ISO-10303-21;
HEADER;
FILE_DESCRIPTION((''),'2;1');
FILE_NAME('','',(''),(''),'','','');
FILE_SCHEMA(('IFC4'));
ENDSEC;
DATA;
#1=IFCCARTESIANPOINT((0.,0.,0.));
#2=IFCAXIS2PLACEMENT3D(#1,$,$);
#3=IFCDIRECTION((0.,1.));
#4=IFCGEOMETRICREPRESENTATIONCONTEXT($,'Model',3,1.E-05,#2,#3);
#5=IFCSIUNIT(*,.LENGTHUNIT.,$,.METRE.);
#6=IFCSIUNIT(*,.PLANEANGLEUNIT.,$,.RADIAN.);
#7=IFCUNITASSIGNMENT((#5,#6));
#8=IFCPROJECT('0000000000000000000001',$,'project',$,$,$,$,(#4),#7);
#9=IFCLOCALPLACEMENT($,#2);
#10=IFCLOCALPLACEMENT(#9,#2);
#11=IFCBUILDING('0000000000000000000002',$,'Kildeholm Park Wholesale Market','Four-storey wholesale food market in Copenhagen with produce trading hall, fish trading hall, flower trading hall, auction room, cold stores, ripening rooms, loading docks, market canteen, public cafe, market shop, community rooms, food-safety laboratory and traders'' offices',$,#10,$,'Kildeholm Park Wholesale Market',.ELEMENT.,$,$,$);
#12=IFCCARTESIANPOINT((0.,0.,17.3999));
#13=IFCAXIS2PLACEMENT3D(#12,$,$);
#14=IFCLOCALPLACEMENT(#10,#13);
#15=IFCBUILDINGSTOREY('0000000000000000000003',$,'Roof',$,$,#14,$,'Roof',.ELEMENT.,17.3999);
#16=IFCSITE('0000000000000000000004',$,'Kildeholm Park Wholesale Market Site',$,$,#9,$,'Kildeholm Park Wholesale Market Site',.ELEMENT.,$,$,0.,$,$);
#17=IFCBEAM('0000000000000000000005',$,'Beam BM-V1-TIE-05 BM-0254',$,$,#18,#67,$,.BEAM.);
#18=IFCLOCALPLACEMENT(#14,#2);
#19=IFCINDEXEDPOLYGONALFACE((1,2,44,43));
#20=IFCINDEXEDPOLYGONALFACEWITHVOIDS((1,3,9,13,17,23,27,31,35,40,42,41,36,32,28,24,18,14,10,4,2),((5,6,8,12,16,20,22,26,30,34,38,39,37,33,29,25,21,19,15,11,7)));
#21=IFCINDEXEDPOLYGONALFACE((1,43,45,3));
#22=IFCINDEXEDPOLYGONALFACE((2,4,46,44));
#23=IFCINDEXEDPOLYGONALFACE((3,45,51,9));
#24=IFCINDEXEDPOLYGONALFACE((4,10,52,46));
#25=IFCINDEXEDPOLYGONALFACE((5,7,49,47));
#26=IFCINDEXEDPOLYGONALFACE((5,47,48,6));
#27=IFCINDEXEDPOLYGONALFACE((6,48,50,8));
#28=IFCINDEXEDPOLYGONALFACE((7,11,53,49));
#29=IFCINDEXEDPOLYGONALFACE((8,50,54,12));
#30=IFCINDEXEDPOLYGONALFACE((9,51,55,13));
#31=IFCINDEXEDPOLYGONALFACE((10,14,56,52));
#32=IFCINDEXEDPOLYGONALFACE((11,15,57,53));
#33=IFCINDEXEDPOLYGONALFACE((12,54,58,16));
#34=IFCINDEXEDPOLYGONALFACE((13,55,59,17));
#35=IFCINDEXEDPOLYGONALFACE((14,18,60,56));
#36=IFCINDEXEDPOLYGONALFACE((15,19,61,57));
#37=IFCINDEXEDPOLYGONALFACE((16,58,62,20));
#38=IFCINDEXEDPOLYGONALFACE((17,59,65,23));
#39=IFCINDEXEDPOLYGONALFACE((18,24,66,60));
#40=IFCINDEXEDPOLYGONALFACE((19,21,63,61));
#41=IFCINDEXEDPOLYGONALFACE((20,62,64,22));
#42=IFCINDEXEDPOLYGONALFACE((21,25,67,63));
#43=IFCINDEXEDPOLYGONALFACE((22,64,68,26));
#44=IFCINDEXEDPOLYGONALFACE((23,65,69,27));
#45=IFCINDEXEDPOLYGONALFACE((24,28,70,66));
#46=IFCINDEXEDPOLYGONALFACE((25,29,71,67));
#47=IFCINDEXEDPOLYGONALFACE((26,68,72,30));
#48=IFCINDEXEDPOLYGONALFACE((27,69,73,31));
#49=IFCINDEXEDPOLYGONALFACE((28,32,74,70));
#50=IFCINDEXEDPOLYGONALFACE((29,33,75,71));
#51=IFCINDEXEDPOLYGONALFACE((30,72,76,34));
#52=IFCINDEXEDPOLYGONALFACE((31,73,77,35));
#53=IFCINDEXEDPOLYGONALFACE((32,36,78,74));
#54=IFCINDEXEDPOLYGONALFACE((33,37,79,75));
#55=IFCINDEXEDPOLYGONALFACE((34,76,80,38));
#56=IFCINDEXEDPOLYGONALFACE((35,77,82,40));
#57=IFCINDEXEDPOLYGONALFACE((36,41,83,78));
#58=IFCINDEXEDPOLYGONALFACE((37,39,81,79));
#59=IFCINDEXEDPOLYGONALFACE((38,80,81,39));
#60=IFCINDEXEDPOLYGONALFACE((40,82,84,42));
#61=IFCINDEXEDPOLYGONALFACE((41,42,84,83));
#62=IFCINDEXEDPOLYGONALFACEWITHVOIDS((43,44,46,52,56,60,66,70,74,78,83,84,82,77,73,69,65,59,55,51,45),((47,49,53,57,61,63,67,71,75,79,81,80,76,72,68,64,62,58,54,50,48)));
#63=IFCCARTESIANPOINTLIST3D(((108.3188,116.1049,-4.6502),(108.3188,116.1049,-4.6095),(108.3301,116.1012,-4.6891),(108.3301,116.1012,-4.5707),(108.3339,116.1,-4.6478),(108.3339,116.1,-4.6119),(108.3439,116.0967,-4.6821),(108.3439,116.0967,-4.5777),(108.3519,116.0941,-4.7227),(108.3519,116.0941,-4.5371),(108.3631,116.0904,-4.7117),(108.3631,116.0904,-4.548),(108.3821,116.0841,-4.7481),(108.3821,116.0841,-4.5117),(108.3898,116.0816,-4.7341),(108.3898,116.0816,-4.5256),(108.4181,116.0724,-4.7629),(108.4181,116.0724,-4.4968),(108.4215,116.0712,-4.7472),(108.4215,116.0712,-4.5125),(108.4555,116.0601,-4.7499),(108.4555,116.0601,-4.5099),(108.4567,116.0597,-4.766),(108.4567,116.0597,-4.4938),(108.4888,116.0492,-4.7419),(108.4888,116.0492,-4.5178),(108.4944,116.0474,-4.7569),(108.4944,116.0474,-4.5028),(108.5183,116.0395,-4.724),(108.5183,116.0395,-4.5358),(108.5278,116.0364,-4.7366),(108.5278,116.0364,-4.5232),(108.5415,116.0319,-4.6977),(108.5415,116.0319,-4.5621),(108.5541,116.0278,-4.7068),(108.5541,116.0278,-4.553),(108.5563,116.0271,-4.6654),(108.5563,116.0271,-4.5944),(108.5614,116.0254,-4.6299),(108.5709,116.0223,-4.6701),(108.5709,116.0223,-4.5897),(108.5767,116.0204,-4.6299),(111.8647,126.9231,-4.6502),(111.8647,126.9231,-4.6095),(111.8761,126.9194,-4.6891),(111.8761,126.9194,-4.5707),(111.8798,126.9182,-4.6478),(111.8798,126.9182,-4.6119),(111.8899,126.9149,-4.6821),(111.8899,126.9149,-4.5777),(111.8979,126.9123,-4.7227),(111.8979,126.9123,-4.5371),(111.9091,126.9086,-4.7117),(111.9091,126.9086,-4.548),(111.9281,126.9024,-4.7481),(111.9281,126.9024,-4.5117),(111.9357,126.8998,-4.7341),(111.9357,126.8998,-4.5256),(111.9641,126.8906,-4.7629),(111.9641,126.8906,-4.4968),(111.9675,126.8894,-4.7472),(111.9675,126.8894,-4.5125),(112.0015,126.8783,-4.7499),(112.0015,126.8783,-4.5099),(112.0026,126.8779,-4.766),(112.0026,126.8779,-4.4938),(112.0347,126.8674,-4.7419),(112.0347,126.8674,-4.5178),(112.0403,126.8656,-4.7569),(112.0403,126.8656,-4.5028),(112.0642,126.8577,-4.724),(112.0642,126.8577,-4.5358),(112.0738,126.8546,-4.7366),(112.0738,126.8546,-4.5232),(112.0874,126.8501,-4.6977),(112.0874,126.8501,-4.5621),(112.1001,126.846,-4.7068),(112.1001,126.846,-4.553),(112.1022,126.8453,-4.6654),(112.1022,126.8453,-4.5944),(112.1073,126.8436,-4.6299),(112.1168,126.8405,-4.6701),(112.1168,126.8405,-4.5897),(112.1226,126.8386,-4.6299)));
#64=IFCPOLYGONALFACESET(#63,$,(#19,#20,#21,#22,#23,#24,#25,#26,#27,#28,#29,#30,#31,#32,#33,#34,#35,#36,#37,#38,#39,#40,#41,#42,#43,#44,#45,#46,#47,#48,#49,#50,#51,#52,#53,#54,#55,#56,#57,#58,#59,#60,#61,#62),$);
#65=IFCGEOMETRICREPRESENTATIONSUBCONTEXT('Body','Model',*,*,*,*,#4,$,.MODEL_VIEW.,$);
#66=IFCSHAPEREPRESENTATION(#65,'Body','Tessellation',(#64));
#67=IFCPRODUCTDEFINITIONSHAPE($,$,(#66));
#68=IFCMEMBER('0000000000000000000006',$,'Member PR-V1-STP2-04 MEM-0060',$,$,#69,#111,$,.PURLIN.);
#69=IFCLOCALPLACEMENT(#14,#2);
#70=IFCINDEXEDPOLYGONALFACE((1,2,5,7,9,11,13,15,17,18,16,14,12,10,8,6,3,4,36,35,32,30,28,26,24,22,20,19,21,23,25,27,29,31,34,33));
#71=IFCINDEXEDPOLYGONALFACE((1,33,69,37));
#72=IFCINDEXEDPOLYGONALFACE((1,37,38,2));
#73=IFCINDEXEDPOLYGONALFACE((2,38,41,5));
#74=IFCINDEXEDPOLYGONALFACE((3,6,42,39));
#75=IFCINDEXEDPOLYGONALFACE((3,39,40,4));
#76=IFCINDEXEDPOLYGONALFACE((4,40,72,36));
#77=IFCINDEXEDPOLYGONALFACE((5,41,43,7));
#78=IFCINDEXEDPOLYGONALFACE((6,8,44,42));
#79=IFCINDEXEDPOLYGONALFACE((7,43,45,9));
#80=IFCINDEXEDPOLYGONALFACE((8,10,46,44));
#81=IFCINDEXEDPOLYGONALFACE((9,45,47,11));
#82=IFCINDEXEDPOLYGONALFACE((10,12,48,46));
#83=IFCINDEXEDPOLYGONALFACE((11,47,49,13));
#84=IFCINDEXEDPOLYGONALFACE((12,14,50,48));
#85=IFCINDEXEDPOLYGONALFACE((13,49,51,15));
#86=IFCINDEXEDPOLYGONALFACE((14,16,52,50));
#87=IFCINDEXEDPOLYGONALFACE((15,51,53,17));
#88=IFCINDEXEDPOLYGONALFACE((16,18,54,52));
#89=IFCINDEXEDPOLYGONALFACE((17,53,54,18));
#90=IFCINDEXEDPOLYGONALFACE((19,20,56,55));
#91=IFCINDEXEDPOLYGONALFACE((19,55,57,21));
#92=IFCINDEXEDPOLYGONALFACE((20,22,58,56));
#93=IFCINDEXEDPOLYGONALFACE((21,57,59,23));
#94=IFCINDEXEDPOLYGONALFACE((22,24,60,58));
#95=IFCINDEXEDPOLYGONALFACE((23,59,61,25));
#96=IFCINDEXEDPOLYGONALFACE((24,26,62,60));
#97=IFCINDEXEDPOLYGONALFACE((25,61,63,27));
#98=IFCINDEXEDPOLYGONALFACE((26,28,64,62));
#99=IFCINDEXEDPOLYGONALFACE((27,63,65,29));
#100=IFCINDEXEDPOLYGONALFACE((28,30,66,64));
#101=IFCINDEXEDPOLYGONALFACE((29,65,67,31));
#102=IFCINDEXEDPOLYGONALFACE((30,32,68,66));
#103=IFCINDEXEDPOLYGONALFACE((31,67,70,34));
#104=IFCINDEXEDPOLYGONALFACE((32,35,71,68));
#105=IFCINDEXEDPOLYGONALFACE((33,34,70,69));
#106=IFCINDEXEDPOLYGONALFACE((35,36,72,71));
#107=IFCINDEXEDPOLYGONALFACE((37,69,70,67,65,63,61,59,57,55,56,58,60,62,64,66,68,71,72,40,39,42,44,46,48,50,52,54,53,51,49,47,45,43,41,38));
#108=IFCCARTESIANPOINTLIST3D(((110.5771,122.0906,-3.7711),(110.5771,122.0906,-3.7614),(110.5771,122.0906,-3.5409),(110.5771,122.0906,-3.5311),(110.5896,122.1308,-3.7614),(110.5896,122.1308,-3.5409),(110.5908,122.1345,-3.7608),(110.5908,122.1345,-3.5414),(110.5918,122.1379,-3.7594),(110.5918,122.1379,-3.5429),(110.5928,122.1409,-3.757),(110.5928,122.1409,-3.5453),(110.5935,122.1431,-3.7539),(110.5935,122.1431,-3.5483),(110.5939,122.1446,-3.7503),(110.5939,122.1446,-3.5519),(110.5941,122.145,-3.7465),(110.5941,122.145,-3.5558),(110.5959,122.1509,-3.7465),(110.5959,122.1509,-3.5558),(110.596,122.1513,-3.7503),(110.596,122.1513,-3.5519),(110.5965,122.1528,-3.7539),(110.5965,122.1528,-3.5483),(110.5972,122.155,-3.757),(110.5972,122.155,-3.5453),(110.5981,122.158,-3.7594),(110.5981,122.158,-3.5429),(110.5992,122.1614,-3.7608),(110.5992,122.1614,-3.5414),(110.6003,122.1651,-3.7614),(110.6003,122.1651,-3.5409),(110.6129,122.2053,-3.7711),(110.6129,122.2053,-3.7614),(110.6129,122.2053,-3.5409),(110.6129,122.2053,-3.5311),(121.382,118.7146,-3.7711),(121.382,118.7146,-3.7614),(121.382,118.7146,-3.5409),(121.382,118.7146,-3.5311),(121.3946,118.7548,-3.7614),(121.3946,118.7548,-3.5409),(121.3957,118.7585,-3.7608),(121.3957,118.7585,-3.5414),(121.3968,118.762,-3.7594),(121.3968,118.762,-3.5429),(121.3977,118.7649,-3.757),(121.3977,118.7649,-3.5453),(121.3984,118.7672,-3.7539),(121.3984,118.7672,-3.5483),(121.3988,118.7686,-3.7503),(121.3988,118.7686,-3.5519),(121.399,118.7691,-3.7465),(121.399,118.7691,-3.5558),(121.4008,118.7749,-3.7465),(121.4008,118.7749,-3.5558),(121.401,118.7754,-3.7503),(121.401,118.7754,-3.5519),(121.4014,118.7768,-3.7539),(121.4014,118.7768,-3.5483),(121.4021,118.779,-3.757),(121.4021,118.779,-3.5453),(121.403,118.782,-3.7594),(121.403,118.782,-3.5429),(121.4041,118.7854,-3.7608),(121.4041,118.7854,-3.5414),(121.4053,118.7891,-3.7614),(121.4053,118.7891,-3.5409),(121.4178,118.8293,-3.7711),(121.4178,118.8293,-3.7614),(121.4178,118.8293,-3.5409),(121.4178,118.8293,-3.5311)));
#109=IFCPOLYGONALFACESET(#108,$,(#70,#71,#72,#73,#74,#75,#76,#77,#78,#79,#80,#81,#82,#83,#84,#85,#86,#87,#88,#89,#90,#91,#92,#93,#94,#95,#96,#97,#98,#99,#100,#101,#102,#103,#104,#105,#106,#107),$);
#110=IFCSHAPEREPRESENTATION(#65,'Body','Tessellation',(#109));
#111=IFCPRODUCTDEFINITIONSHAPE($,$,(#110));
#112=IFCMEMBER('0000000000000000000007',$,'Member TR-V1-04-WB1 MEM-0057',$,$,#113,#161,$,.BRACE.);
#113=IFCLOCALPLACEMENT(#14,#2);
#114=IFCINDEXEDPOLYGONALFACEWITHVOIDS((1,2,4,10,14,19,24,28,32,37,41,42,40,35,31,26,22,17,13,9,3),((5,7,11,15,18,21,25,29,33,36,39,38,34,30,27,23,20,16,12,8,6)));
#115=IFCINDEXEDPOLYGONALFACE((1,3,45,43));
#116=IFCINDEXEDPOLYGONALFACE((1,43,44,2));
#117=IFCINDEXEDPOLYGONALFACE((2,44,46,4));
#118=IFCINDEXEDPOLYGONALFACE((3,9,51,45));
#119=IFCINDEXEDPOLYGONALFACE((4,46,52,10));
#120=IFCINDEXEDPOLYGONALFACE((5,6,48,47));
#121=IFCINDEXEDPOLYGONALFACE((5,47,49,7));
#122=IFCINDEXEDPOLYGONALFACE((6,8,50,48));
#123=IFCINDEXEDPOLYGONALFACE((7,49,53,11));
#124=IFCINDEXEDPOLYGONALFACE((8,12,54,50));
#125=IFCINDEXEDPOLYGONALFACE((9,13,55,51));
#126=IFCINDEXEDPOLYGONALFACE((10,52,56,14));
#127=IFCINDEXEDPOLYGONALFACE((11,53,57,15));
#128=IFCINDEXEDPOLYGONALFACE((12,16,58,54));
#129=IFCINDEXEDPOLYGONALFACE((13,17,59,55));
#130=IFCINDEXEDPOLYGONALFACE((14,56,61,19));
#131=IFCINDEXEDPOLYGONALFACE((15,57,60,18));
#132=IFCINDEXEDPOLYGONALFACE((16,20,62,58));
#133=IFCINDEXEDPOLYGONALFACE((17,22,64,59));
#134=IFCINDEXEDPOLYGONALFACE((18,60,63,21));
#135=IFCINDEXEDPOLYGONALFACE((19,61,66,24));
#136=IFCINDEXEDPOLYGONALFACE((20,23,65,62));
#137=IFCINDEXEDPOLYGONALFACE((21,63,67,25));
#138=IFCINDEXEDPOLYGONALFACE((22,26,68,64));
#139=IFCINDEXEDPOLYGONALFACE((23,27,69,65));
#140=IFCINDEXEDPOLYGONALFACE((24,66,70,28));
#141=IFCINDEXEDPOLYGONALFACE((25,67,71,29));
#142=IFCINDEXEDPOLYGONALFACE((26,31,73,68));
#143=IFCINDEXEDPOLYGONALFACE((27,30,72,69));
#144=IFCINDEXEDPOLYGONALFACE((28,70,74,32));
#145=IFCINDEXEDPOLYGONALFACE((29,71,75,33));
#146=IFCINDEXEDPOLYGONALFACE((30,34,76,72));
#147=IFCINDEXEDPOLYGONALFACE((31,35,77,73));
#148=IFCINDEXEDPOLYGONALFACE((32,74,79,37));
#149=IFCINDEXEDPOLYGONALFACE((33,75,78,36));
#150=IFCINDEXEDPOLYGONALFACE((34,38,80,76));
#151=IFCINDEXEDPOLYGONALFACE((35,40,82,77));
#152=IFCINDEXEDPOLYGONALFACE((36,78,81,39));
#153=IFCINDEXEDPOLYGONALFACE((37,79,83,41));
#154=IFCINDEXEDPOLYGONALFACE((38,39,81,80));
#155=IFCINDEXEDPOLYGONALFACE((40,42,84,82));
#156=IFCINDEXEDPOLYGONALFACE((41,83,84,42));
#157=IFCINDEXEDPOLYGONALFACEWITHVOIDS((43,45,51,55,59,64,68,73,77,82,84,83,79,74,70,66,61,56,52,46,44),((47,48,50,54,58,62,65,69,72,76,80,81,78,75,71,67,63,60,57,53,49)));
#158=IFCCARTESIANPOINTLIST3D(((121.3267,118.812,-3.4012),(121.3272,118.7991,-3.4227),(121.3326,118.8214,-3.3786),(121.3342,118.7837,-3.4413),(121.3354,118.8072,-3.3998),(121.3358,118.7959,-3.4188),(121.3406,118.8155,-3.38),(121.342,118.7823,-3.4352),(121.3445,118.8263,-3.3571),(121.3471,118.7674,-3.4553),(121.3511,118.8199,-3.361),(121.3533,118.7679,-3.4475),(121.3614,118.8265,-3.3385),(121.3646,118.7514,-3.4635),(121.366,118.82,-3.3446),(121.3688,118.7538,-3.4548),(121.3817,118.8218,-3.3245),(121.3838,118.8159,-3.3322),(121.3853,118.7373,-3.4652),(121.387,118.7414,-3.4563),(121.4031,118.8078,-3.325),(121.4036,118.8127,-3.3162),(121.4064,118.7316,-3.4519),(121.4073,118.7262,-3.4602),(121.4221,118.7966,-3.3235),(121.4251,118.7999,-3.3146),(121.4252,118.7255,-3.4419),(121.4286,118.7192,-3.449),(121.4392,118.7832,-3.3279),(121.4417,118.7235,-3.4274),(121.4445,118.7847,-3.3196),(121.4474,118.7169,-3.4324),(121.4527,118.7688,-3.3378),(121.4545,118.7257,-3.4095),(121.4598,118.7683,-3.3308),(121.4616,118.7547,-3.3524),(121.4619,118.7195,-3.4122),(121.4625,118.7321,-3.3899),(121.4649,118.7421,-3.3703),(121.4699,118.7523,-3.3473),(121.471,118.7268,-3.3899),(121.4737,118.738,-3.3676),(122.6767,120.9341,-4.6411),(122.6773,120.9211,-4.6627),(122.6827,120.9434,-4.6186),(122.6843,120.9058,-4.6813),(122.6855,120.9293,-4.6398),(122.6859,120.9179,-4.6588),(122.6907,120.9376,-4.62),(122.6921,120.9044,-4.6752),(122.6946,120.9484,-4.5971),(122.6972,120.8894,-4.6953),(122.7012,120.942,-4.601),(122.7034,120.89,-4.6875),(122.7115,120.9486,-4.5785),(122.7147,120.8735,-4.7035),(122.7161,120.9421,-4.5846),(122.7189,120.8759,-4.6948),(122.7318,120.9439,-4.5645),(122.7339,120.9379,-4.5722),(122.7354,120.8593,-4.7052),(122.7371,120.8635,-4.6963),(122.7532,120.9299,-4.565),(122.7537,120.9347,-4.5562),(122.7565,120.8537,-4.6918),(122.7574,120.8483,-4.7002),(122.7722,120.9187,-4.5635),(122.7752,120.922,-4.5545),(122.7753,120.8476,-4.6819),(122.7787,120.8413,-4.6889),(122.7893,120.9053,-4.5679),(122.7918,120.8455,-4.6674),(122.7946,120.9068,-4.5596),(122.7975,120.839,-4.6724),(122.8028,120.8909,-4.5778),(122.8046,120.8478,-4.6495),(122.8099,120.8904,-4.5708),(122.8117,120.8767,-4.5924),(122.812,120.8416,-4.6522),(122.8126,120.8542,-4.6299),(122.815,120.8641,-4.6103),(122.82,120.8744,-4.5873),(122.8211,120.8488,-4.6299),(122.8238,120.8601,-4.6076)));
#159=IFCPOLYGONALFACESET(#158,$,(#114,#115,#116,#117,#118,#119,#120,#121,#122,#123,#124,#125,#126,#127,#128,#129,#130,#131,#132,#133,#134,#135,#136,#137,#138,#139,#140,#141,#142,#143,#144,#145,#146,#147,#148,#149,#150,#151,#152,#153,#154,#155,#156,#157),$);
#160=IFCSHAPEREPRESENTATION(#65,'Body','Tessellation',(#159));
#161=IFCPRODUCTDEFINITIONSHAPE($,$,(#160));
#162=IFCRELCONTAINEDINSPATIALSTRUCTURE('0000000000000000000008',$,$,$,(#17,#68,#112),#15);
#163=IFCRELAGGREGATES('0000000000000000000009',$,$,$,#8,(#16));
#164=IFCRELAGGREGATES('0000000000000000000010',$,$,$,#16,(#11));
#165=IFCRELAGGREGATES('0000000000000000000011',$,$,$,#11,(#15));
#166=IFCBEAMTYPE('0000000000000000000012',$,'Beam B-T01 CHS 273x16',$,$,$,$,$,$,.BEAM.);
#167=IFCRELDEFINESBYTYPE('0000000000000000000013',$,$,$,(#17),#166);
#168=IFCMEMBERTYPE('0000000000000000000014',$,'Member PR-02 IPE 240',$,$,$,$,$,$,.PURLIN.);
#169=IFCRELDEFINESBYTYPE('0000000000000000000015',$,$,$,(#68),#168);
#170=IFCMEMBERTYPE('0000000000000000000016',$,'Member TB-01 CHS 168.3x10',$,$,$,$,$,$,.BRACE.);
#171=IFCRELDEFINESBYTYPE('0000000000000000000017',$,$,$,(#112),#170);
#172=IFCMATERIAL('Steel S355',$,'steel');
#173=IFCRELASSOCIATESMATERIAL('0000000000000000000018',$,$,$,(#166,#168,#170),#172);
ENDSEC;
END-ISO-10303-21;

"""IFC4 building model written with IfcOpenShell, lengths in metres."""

from ifc_helpers import new_model, si_unit, direction, frame, origin, origin_2d, place, context, subcontext, project, spatial, hollow_circle, i_section, extrude, material, material_profile, profile_set, type_object, element, save


model = new_model("IFC4")

# Units and contexts
model_context = context("Model", 3, precision=1e-05, world=origin(), true_north=direction((0.0, 1.0)))
body_context = subcontext(model_context, "Body", "Model", "MODEL_VIEW")
ifc_project = project(units=[si_unit("LENGTHUNIT", "METRE"), si_unit("PLANEANGLEUNIT", "RADIAN")], contexts=[model_context])

# Site, building, storey
site_placement = place(None, origin())
site = spatial("IfcSite", under=ifc_project, at=site_placement, Name="Kildeholm Park Wholesale Market Site", LongName="Kildeholm Park Wholesale Market Site", CompositionType="ELEMENT", RefElevation=0.0)
building_placement = place(site_placement, origin())
building = spatial("IfcBuilding", under=site, at=building_placement, Name="Kildeholm Park Wholesale Market", Description="Four-storey wholesale food market in Copenhagen with produce trading hall, fish trading hall, flower trading hall, auction room, cold stores, ripening rooms, loading docks, market canteen, public cafe, market shop, community rooms, food-safety laboratory and traders' offices", LongName="Kildeholm Park Wholesale Market", CompositionType="ELEMENT")
storey_placement = place(building_placement, frame((0.0, 0.0, 17.3999)))
storey = spatial("IfcBuildingStorey", under=building, at=storey_placement, Name="Roof", LongName="Roof", CompositionType="ELEMENT", Elevation=17.3999)

# Beam
ifc_material_1 = material(Name="Steel S355", Category="steel")
ifc_material_profile_1 = material_profile(ifc_material_1, hollow_circle(Radius=0.1365, WallThickness=0.0161, at=origin_2d()), Name="CHS 273x16")
ifc_profile_set_1 = profile_set([ifc_material_profile_1], Name="Steel S355")
beam_type_1 = type_object("IfcBeamType", Name="Beam B-T01 CHS 273x16", PredefinedType="BEAM", material=ifc_profile_set_1)
beam_1_placement = place(storey_placement, frame((111.9929, 126.8811, -4.6299), z_axis=(-0.311469, -0.950256, 0.0), x_axis=(0.950256, -0.311469, 0.0)))
element("IfcBeam", 1, at=beam_1_placement, inside=storey, type_object=beam_type_1, Name="Beam BM-V1-TIE-05 BM-0254", PredefinedType="BEAM", context=body_context, shape_type="SweptSolid", body=[
    extrude(hollow_circle(Radius=0.1365, WallThickness=0.0161, at=origin_2d()), origin(), (0.0, 0.0, 1.0), 11.3845),
])

# Members
ifc_material_profile_2 = material_profile(ifc_material_1, i_section(OverallWidth=0.1201, OverallDepth=0.24, WebThickness=0.0061, FlangeThickness=0.0098, FilletRadius=0.0149, at=origin_2d()), Name="IPE 240")
ifc_profile_set_2 = profile_set([ifc_material_profile_2], Name="Steel S355")
member_type_1 = type_object("IfcMemberType", Name="Member PR-02 IPE 240", PredefinedType="PURLIN", material=ifc_profile_set_2)
member_1_placement = place(storey_placement, frame((121.3999, 118.772, -3.6511), z_axis=(-0.954494, 0.29823, 0.0), x_axis=(-0.29823, -0.954494, 0.0)))
element("IfcMember", 2, at=member_1_placement, inside=storey, type_object=member_type_1, Name="Member PR-V1-STP2-04 MEM-0060", PredefinedType="PURLIN", context=body_context, shape_type="SweptSolid", body=[
    extrude(i_section(OverallWidth=0.1201, OverallDepth=0.24, WebThickness=0.0061, FlangeThickness=0.0098, FilletRadius=0.0149, at=origin_2d()), origin(), (0.0, 0.0, 1.0), 11.3201),
])
ifc_material_profile_3 = material_profile(ifc_material_1, hollow_circle(Radius=0.0842, WallThickness=0.01, at=origin_2d()), Name="CHS 168.3x10")
ifc_profile_set_3 = profile_set([ifc_material_profile_3], Name="Steel S355")
member_type_2 = type_object("IfcMemberType", Name="Member TB-01 CHS 168.3x10", PredefinedType="BRACE", material=ifc_profile_set_3)
member_2_placement = place(storey_placement, frame((122.75, 120.894, -4.6299), z_axis=(-0.481456, -0.756748, 0.442191), x_axis=(0.843717, -0.536788, 0.0)))
element("IfcMember", 3, at=member_2_placement, inside=storey, type_object=member_type_2, Name="Member TR-V1-04-WB1 MEM-0057", PredefinedType="BRACE", context=body_context, shape_type="SweptSolid", body=[
    extrude(hollow_circle(Radius=0.0842, WallThickness=0.01, at=origin_2d()), origin(), (0.0, 0.0, 1.0), 2.8042),
])

save(model, "model.ifc")
